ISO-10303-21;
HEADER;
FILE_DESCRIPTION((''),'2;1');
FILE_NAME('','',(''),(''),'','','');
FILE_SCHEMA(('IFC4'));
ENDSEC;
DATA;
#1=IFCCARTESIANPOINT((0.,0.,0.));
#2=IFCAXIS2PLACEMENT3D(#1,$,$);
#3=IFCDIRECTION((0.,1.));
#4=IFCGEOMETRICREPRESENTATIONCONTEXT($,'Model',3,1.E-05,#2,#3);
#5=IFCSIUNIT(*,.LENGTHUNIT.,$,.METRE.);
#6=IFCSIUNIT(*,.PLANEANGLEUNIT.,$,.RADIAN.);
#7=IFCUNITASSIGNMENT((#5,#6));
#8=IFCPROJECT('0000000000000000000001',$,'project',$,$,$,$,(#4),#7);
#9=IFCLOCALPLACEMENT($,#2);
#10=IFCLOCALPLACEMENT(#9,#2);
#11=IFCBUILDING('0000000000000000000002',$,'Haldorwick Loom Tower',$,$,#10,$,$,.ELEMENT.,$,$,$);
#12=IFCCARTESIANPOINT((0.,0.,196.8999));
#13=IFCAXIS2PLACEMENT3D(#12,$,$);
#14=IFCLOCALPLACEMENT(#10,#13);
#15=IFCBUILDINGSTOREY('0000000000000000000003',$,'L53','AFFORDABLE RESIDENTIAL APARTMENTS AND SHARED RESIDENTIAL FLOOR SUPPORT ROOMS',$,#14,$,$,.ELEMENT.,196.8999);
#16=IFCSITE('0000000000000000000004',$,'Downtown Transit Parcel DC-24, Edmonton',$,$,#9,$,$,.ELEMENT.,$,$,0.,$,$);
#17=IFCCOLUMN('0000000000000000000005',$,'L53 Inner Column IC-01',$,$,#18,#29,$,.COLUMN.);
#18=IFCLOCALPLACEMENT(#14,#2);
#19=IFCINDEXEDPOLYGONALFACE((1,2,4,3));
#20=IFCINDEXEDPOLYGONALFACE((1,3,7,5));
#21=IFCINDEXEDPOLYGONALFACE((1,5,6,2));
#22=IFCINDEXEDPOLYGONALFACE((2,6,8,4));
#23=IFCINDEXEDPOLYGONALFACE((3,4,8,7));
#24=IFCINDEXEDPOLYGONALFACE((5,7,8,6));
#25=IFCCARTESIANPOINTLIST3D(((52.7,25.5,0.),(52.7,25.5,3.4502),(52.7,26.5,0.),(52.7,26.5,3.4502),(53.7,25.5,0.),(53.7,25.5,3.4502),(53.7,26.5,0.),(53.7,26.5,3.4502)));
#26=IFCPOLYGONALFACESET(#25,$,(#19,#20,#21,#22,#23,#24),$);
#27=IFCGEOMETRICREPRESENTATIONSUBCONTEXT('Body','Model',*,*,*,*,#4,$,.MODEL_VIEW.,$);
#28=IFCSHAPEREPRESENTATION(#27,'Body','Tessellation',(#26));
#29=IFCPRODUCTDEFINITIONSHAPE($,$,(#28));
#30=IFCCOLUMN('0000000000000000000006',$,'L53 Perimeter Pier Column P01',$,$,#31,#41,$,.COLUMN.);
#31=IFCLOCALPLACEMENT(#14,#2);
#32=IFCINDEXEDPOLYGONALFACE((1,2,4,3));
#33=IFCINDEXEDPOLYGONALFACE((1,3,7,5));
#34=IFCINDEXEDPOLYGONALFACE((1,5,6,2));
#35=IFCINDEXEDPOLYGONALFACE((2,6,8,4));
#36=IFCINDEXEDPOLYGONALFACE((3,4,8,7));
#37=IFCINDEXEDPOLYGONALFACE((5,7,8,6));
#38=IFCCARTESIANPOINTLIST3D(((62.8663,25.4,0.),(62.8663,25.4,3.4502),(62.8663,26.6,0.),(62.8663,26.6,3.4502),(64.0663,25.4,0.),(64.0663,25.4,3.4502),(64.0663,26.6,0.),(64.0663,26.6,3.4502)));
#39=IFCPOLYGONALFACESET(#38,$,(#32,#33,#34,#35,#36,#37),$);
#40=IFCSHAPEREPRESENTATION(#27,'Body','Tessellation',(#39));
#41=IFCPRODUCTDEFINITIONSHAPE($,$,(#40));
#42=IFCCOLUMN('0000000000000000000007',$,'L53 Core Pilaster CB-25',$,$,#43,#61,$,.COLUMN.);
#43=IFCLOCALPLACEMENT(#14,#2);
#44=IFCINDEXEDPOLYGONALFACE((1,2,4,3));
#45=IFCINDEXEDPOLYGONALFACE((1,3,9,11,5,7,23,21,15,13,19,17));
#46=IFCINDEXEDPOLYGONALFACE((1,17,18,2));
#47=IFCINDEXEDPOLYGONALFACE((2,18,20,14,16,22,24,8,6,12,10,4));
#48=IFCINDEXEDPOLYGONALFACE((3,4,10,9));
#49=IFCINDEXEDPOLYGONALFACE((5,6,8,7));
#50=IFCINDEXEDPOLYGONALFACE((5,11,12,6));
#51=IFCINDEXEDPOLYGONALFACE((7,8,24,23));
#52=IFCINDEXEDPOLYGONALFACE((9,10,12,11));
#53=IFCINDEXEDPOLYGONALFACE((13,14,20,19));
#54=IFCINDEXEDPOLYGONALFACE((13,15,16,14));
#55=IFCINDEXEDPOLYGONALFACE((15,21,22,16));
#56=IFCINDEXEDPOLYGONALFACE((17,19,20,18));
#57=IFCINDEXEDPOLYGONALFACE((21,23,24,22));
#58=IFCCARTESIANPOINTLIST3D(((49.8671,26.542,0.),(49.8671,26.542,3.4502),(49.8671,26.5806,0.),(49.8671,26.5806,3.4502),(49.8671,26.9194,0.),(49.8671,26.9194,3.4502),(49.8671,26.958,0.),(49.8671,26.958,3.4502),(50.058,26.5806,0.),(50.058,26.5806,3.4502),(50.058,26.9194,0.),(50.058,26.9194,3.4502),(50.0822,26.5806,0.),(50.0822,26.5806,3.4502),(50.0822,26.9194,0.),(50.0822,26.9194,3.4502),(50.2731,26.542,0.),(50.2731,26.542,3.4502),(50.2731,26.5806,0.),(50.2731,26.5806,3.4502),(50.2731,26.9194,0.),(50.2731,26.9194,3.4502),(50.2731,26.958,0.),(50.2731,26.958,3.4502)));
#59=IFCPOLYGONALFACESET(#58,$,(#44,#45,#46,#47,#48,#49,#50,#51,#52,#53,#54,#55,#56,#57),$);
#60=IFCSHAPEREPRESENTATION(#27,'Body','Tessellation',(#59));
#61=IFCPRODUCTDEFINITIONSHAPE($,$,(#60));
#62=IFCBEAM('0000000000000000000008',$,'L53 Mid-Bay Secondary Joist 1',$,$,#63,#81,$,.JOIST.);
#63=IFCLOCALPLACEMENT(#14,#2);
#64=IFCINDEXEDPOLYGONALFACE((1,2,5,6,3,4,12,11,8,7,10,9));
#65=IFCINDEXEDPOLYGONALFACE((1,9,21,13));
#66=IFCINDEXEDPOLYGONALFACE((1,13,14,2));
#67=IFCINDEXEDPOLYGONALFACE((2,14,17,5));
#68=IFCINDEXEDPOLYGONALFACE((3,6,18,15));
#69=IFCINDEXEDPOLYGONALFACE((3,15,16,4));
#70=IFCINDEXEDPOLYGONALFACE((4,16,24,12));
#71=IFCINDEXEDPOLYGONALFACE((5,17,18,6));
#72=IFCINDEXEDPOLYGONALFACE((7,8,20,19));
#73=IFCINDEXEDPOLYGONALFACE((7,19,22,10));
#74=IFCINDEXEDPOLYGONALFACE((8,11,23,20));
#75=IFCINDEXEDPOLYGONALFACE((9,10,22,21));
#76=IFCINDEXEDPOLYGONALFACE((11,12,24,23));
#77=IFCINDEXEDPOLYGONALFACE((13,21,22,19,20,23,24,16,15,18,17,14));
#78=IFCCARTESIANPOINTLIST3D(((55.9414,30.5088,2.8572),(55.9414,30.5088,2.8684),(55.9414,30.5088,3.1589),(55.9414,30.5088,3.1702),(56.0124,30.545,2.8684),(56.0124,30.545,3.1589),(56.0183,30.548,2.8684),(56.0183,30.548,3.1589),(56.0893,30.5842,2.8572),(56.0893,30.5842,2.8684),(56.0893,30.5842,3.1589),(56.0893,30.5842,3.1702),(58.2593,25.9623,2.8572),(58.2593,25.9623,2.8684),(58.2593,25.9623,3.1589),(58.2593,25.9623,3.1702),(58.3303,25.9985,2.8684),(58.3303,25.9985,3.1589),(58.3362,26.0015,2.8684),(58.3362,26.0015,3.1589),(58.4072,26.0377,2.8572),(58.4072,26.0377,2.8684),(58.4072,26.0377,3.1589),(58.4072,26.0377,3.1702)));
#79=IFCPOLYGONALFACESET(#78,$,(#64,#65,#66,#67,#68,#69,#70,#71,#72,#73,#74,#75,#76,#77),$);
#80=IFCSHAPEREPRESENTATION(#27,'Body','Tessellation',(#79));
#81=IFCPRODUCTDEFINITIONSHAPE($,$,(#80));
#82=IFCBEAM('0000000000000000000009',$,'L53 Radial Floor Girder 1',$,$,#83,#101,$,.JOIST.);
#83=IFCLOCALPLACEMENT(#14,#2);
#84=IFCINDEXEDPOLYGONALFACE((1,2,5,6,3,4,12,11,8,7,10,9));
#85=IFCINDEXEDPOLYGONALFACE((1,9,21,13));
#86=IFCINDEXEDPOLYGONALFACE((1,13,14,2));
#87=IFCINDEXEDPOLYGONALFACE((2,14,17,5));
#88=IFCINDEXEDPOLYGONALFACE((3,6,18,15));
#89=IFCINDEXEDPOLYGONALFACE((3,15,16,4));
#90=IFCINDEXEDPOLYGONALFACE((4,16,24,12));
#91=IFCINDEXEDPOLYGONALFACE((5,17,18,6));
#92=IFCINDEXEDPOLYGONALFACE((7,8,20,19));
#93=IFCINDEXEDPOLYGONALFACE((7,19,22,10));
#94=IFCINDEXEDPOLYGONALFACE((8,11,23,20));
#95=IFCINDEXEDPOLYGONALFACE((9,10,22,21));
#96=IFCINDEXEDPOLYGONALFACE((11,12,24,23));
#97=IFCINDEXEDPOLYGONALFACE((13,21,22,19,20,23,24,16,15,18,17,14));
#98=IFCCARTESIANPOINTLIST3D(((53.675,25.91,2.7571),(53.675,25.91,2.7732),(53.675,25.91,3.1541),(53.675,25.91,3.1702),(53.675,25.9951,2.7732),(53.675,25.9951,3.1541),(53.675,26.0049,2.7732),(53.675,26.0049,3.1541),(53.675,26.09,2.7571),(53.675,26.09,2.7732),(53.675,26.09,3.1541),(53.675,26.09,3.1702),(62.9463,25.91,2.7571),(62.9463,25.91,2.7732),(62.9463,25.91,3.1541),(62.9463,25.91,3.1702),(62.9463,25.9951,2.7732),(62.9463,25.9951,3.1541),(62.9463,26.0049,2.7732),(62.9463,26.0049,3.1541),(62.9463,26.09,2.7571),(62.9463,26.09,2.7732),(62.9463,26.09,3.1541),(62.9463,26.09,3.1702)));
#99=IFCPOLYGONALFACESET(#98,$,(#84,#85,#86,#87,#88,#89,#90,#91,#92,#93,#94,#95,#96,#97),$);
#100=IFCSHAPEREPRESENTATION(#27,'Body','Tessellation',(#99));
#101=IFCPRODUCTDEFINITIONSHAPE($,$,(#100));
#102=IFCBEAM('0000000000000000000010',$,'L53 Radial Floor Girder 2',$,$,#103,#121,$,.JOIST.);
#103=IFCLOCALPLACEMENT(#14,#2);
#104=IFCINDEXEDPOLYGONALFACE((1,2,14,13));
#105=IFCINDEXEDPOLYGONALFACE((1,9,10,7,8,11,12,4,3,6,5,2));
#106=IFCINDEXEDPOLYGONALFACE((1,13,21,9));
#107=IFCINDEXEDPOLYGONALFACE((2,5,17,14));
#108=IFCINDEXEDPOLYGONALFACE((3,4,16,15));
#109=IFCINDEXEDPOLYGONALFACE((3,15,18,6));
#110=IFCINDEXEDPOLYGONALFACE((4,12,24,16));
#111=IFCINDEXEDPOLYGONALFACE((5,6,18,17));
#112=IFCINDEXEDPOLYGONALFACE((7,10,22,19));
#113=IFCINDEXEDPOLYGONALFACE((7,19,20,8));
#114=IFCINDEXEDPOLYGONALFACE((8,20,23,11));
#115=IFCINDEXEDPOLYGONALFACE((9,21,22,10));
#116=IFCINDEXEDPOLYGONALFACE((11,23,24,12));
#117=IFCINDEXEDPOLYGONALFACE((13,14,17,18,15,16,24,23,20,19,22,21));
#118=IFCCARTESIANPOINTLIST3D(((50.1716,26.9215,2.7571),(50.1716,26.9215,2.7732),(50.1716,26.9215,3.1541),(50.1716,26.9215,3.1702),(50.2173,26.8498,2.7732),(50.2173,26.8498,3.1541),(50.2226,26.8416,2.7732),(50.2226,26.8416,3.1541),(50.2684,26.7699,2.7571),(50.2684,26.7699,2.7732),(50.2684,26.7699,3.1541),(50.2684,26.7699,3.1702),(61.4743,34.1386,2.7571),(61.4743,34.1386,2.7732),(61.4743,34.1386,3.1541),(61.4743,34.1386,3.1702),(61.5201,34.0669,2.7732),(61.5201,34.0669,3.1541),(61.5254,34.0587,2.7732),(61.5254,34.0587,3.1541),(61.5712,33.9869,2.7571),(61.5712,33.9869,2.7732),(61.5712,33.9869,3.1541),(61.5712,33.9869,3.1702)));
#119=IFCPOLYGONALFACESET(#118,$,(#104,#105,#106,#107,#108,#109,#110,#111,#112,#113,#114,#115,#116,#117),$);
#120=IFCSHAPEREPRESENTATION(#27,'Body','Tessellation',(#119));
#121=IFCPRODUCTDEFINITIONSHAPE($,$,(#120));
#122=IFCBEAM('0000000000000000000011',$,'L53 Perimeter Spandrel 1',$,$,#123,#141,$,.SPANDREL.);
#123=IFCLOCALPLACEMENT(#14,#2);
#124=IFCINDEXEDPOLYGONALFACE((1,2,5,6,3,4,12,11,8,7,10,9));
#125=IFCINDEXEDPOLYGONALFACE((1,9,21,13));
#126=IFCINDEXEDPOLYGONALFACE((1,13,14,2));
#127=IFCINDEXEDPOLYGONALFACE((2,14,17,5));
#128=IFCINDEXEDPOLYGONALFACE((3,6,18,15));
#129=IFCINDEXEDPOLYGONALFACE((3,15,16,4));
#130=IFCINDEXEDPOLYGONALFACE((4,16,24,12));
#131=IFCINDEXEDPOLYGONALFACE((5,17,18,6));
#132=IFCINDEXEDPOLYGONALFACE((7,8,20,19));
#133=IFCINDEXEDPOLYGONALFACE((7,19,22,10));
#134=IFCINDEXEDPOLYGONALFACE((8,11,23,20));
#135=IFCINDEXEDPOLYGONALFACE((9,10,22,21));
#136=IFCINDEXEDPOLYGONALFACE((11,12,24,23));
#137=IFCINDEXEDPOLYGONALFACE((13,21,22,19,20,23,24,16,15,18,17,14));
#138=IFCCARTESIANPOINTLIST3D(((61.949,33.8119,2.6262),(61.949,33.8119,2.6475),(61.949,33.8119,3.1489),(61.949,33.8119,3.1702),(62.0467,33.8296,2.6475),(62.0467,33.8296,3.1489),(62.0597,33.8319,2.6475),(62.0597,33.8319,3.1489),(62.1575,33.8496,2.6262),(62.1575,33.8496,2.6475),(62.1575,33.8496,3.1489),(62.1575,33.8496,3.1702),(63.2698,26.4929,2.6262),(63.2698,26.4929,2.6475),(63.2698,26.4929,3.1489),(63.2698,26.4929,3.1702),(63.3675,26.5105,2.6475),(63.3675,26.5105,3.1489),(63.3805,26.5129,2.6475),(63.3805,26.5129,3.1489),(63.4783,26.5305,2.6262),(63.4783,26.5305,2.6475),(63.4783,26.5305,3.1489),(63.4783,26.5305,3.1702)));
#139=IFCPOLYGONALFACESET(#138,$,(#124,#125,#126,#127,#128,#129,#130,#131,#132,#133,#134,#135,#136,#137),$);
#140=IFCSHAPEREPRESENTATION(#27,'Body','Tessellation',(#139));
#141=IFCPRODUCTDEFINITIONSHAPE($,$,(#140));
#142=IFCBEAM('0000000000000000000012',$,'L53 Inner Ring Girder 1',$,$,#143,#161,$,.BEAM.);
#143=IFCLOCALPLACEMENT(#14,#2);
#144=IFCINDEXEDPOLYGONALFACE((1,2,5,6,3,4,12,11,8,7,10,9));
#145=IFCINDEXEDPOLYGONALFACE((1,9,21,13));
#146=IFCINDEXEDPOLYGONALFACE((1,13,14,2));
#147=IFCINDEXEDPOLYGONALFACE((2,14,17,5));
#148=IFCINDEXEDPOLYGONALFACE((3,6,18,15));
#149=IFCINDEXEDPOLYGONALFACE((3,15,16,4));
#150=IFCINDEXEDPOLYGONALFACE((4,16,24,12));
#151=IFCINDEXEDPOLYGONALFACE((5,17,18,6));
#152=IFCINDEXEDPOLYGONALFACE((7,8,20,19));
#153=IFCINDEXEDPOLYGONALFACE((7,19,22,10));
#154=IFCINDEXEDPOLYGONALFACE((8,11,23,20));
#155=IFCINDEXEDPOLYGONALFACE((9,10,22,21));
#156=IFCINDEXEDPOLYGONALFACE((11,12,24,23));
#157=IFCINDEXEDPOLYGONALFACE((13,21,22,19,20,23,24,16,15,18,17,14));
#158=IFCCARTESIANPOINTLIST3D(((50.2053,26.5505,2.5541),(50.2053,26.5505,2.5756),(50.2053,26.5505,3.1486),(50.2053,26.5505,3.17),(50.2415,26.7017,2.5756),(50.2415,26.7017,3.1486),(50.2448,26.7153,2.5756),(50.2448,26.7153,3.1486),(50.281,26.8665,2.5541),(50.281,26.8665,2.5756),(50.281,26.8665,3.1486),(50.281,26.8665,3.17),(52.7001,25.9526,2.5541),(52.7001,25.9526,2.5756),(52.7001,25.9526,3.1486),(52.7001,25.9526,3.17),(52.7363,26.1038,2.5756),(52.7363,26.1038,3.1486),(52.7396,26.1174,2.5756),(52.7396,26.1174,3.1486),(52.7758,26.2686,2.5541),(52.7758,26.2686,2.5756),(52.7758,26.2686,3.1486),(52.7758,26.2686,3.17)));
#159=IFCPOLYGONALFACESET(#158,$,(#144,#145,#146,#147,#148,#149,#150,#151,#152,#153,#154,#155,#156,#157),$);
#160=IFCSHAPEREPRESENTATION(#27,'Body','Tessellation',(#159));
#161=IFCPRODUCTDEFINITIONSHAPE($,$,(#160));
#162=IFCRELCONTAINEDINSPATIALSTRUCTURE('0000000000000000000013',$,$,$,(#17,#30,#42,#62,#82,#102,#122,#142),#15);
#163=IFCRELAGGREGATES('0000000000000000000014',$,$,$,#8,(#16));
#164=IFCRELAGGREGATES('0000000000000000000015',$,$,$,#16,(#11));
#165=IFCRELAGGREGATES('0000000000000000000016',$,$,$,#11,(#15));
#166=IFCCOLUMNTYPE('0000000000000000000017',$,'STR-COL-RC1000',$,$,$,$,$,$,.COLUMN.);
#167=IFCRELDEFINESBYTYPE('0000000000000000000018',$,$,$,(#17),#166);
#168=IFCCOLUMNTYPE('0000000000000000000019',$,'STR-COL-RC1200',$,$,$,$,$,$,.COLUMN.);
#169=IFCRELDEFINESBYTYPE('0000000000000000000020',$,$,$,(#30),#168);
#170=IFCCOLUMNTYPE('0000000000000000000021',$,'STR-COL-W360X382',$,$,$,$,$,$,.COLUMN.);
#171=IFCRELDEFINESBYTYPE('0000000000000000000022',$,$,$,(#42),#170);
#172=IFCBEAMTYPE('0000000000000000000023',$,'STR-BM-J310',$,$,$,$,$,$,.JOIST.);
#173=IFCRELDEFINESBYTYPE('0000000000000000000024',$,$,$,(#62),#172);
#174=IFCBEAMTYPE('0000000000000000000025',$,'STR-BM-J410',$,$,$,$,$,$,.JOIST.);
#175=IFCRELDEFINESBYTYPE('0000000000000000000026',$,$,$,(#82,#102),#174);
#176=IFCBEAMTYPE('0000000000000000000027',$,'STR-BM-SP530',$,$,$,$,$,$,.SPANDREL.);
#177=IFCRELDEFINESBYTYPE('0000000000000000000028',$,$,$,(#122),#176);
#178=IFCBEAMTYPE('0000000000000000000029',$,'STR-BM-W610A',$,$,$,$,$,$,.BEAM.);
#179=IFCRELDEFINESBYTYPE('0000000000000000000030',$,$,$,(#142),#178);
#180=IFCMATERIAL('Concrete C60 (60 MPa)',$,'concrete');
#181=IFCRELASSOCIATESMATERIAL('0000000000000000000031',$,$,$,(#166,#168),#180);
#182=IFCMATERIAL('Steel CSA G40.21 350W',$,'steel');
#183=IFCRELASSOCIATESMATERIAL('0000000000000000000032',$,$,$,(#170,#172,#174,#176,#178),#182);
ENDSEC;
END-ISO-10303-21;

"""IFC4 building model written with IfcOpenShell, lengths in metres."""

from ifc_helpers import new_model, si_unit, direction, frame, origin, origin_2d, place, context, subcontext, project, spatial, rectangle, i_section, extrude, material, material_profile, profile_set, type_object, element, save


model = new_model("IFC4")

# Units and contexts
model_context = context("Model", 3, precision=1e-05, world=origin(), true_north=direction((0.0, 1.0)))
body_context = subcontext(model_context, "Body", "Model", "MODEL_VIEW")
ifc_project = project(units=[si_unit("LENGTHUNIT", "METRE"), si_unit("PLANEANGLEUNIT", "RADIAN")], contexts=[model_context])

# Site, building, storey
site_placement = place(None, origin())
site = spatial("IfcSite", under=ifc_project, at=site_placement, Name="Downtown Transit Parcel DC-24, Edmonton", CompositionType="ELEMENT", RefElevation=0.0)
building_placement = place(site_placement, origin())
building = spatial("IfcBuilding", under=site, at=building_placement, Name="Haldorwick Loom Tower", CompositionType="ELEMENT")
storey_placement = place(building_placement, frame((0.0, 0.0, 196.8999)))
storey = spatial("IfcBuildingStorey", under=building, at=storey_placement, Name="L53", Description="AFFORDABLE RESIDENTIAL APARTMENTS AND SHARED RESIDENTIAL FLOOR SUPPORT ROOMS", CompositionType="ELEMENT", Elevation=196.8999)

# Columns
ifc_material_1 = material(Name="Concrete C60 (60 MPa)", Category="concrete")
ifc_material_profile_1 = material_profile(ifc_material_1, rectangle(XDim=1.0, YDim=1.0, at=origin_2d()), Name="RC1000X1000", Category="concrete")
ifc_profile_set_1 = profile_set([ifc_material_profile_1], Name="Concrete C60 (60 MPa)")
column_type_1 = type_object("IfcColumnType", Name="STR-COL-RC1000", PredefinedType="COLUMN", material=ifc_profile_set_1)
column_1_placement = place(storey_placement, frame((53.2, 26.0, 0.0), z_axis=(0.0, 0.0, 1.0), x_axis=(1.0, 0.0, 0.0)))
element("IfcColumn", 1, at=column_1_placement, inside=storey, type_object=column_type_1, Name="L53 Inner Column IC-01", PredefinedType="COLUMN", context=body_context, shape_type="SweptSolid", body=[
    extrude(rectangle(XDim=1.0, YDim=1.0, at=origin_2d()), origin(), (0.0, 0.0, 1.0), 3.4502),
])
ifc_material_profile_2 = material_profile(ifc_material_1, rectangle(XDim=1.2, YDim=1.2, at=origin_2d()), Name="RC1200X1200", Category="concrete")
ifc_profile_set_2 = profile_set([ifc_material_profile_2], Name="Concrete C60 (60 MPa)")
column_type_2 = type_object("IfcColumnType", Name="STR-COL-RC1200", PredefinedType="COLUMN", material=ifc_profile_set_2)
column_2_placement = place(storey_placement, frame((63.4663, 26.0, 0.0), z_axis=(0.0, 0.0, 1.0), x_axis=(1.0, 0.0, 0.0)))
element("IfcColumn", 2, at=column_2_placement, inside=storey, type_object=column_type_2, Name="L53 Perimeter Pier Column P01", PredefinedType="COLUMN", context=body_context, shape_type="SweptSolid", body=[
    extrude(rectangle(XDim=1.2, YDim=1.2, at=origin_2d()), origin(), (0.0, 0.0, 1.0), 3.4502),
])
ifc_material_2 = material(Name="Steel CSA G40.21 350W", Category="steel")
ifc_material_profile_3 = material_profile(ifc_material_2, i_section(OverallWidth=0.406, OverallDepth=0.416, WebThickness=0.0242, FlangeThickness=0.0386, at=origin_2d()), Name="W360X382", Category="steel")
ifc_profile_set_3 = profile_set([ifc_material_profile_3], Name="Steel CSA G40.21 350W")
column_type_3 = type_object("IfcColumnType", Name="STR-COL-W360X382", PredefinedType="COLUMN", material=ifc_profile_set_3)
column_3_placement = place(storey_placement, frame((50.0701, 26.75, 0.0), z_axis=(0.0, 0.0, 1.0), x_axis=(1.0, 0.0, 0.0)))
element("IfcColumn", 3, at=column_3_placement, inside=storey, type_object=column_type_3, Name="L53 Core Pilaster CB-25", PredefinedType="COLUMN", context=body_context, shape_type="SweptSolid", body=[
    extrude(i_section(OverallWidth=0.406, OverallDepth=0.416, WebThickness=0.0242, FlangeThickness=0.0386, at=origin_2d()), origin(), (0.0, 0.0, 1.0), 3.4502),
])

# Beams
ifc_material_profile_4 = material_profile(ifc_material_2, i_section(OverallWidth=0.166, OverallDepth=0.313, WebThickness=0.0066, FlangeThickness=0.0112, at=origin_2d()), Name="W310X45", Category="steel")
ifc_profile_set_4 = profile_set([ifc_material_profile_4], Name="Steel CSA G40.21 350W")
beam_type_1 = type_object("IfcBeamType", Name="STR-BM-J310", PredefinedType="JOIST", material=ifc_profile_set_4)
beam_1_placement = place(storey_placement, frame((58.3333, 26.0, 3.0137), z_axis=(-0.454204, 0.890898, 0.0), x_axis=(-0.890898, -0.454204, 0.0)))
element("IfcBeam", 4, at=beam_1_placement, inside=storey, type_object=beam_type_1, Name="L53 Mid-Bay Secondary Joist 1", PredefinedType="JOIST", context=body_context, shape_type="SweptSolid", body=[
    extrude(i_section(OverallWidth=0.166, OverallDepth=0.313, WebThickness=0.0066, FlangeThickness=0.0112, at=origin_2d()), origin(), (0.0, 0.0, 1.0), 5.1033),
])
ifc_material_profile_5 = material_profile(ifc_material_2, i_section(OverallWidth=0.1799, OverallDepth=0.4131, WebThickness=0.0098, FlangeThickness=0.0161, at=origin_2d()), Name="W410X74", Category="steel")
ifc_profile_set_5 = profile_set([ifc_material_profile_5], Name="Steel CSA G40.21 350W")
beam_type_2 = type_object("IfcBeamType", Name="STR-BM-J410", PredefinedType="JOIST", material=ifc_profile_set_5)
beam_2_placement = place(storey_placement, frame((53.675, 26.0, 2.9636), z_axis=(1.0, 0.0, 0.0), x_axis=(0.0, 1.0, 0.0)))
element("IfcBeam", 5, at=beam_2_placement, inside=storey, type_object=beam_type_2, Name="L53 Radial Floor Girder 1", PredefinedType="JOIST", context=body_context, shape_type="SweptSolid", body=[
    extrude(i_section(OverallWidth=0.1799, OverallDepth=0.4131, WebThickness=0.0098, FlangeThickness=0.0161, at=origin_2d()), origin(), (0.0, 0.0, 1.0), 9.2712),
])
beam_3_placement = place(storey_placement, frame((50.22, 26.8457, 2.9636), z_axis=(0.842837, 0.538169, 0.0), x_axis=(-0.538169, 0.842837, 0.0)))
element("IfcBeam", 6, at=beam_3_placement, inside=storey, type_object=beam_type_2, Name="L53 Radial Floor Girder 2", PredefinedType="JOIST", context=body_context, shape_type="SweptSolid", body=[
    extrude(i_section(OverallWidth=0.1799, OverallDepth=0.4131, WebThickness=0.0098, FlangeThickness=0.0161, at=origin_2d()), origin(), (0.0, 0.0, 1.0), 13.4104),
])
ifc_material_profile_6 = material_profile(ifc_material_2, i_section(OverallWidth=0.2119, OverallDepth=0.5439, WebThickness=0.0132, FlangeThickness=0.0212, at=origin_2d()), Name="W530X123", Category="steel")
ifc_profile_set_6 = profile_set([ifc_material_profile_6], Name="Steel CSA G40.21 350W")
beam_type_3 = type_object("IfcBeamType", Name="STR-BM-SP530", PredefinedType="SPANDREL", material=ifc_profile_set_6)
beam_4_placement = place(storey_placement, frame((63.374, 26.5117, 2.8982), z_axis=(-0.177591, 0.984104, 0.0), x_axis=(-0.984104, -0.177591, 0.0)))
element("IfcBeam", 7, at=beam_4_placement, inside=storey, type_object=beam_type_3, Name="L53 Perimeter Spandrel 1", PredefinedType="SPANDREL", context=body_context, shape_type="SweptSolid", body=[
    extrude(i_section(OverallWidth=0.2119, OverallDepth=0.5439, WebThickness=0.0132, FlangeThickness=0.0212, at=origin_2d()), origin(), (0.0, 0.0, 1.0), 7.4373),
])
ifc_material_profile_7 = material_profile(ifc_material_2, i_section(OverallWidth=0.325, OverallDepth=0.616, WebThickness=0.0139, FlangeThickness=0.0215, at=origin_2d()), Name="W610X174", Category="steel")
ifc_profile_set_7 = profile_set([ifc_material_profile_7], Name="Steel CSA G40.21 350W")
beam_type_4 = type_object("IfcBeamType", Name="STR-BM-W610A", PredefinedType="BEAM", material=ifc_profile_set_7)
beam_5_placement = place(storey_placement, frame((50.2432, 26.7085, 2.8621), z_axis=(0.972464, -0.233053, 0.0), x_axis=(0.233053, 0.972464, 0.0)))
element("IfcBeam", 8, at=beam_5_placement, inside=storey, type_object=beam_type_4, Name="L53 Inner Ring Girder 1", PredefinedType="BEAM", context=body_context, shape_type="SweptSolid", body=[
    extrude(i_section(OverallWidth=0.325, OverallDepth=0.616, WebThickness=0.0139, FlangeThickness=0.0215, at=origin_2d()), origin(), (0.0, 0.0, 1.0), 2.5654),
])

save(model, "model.ifc")
